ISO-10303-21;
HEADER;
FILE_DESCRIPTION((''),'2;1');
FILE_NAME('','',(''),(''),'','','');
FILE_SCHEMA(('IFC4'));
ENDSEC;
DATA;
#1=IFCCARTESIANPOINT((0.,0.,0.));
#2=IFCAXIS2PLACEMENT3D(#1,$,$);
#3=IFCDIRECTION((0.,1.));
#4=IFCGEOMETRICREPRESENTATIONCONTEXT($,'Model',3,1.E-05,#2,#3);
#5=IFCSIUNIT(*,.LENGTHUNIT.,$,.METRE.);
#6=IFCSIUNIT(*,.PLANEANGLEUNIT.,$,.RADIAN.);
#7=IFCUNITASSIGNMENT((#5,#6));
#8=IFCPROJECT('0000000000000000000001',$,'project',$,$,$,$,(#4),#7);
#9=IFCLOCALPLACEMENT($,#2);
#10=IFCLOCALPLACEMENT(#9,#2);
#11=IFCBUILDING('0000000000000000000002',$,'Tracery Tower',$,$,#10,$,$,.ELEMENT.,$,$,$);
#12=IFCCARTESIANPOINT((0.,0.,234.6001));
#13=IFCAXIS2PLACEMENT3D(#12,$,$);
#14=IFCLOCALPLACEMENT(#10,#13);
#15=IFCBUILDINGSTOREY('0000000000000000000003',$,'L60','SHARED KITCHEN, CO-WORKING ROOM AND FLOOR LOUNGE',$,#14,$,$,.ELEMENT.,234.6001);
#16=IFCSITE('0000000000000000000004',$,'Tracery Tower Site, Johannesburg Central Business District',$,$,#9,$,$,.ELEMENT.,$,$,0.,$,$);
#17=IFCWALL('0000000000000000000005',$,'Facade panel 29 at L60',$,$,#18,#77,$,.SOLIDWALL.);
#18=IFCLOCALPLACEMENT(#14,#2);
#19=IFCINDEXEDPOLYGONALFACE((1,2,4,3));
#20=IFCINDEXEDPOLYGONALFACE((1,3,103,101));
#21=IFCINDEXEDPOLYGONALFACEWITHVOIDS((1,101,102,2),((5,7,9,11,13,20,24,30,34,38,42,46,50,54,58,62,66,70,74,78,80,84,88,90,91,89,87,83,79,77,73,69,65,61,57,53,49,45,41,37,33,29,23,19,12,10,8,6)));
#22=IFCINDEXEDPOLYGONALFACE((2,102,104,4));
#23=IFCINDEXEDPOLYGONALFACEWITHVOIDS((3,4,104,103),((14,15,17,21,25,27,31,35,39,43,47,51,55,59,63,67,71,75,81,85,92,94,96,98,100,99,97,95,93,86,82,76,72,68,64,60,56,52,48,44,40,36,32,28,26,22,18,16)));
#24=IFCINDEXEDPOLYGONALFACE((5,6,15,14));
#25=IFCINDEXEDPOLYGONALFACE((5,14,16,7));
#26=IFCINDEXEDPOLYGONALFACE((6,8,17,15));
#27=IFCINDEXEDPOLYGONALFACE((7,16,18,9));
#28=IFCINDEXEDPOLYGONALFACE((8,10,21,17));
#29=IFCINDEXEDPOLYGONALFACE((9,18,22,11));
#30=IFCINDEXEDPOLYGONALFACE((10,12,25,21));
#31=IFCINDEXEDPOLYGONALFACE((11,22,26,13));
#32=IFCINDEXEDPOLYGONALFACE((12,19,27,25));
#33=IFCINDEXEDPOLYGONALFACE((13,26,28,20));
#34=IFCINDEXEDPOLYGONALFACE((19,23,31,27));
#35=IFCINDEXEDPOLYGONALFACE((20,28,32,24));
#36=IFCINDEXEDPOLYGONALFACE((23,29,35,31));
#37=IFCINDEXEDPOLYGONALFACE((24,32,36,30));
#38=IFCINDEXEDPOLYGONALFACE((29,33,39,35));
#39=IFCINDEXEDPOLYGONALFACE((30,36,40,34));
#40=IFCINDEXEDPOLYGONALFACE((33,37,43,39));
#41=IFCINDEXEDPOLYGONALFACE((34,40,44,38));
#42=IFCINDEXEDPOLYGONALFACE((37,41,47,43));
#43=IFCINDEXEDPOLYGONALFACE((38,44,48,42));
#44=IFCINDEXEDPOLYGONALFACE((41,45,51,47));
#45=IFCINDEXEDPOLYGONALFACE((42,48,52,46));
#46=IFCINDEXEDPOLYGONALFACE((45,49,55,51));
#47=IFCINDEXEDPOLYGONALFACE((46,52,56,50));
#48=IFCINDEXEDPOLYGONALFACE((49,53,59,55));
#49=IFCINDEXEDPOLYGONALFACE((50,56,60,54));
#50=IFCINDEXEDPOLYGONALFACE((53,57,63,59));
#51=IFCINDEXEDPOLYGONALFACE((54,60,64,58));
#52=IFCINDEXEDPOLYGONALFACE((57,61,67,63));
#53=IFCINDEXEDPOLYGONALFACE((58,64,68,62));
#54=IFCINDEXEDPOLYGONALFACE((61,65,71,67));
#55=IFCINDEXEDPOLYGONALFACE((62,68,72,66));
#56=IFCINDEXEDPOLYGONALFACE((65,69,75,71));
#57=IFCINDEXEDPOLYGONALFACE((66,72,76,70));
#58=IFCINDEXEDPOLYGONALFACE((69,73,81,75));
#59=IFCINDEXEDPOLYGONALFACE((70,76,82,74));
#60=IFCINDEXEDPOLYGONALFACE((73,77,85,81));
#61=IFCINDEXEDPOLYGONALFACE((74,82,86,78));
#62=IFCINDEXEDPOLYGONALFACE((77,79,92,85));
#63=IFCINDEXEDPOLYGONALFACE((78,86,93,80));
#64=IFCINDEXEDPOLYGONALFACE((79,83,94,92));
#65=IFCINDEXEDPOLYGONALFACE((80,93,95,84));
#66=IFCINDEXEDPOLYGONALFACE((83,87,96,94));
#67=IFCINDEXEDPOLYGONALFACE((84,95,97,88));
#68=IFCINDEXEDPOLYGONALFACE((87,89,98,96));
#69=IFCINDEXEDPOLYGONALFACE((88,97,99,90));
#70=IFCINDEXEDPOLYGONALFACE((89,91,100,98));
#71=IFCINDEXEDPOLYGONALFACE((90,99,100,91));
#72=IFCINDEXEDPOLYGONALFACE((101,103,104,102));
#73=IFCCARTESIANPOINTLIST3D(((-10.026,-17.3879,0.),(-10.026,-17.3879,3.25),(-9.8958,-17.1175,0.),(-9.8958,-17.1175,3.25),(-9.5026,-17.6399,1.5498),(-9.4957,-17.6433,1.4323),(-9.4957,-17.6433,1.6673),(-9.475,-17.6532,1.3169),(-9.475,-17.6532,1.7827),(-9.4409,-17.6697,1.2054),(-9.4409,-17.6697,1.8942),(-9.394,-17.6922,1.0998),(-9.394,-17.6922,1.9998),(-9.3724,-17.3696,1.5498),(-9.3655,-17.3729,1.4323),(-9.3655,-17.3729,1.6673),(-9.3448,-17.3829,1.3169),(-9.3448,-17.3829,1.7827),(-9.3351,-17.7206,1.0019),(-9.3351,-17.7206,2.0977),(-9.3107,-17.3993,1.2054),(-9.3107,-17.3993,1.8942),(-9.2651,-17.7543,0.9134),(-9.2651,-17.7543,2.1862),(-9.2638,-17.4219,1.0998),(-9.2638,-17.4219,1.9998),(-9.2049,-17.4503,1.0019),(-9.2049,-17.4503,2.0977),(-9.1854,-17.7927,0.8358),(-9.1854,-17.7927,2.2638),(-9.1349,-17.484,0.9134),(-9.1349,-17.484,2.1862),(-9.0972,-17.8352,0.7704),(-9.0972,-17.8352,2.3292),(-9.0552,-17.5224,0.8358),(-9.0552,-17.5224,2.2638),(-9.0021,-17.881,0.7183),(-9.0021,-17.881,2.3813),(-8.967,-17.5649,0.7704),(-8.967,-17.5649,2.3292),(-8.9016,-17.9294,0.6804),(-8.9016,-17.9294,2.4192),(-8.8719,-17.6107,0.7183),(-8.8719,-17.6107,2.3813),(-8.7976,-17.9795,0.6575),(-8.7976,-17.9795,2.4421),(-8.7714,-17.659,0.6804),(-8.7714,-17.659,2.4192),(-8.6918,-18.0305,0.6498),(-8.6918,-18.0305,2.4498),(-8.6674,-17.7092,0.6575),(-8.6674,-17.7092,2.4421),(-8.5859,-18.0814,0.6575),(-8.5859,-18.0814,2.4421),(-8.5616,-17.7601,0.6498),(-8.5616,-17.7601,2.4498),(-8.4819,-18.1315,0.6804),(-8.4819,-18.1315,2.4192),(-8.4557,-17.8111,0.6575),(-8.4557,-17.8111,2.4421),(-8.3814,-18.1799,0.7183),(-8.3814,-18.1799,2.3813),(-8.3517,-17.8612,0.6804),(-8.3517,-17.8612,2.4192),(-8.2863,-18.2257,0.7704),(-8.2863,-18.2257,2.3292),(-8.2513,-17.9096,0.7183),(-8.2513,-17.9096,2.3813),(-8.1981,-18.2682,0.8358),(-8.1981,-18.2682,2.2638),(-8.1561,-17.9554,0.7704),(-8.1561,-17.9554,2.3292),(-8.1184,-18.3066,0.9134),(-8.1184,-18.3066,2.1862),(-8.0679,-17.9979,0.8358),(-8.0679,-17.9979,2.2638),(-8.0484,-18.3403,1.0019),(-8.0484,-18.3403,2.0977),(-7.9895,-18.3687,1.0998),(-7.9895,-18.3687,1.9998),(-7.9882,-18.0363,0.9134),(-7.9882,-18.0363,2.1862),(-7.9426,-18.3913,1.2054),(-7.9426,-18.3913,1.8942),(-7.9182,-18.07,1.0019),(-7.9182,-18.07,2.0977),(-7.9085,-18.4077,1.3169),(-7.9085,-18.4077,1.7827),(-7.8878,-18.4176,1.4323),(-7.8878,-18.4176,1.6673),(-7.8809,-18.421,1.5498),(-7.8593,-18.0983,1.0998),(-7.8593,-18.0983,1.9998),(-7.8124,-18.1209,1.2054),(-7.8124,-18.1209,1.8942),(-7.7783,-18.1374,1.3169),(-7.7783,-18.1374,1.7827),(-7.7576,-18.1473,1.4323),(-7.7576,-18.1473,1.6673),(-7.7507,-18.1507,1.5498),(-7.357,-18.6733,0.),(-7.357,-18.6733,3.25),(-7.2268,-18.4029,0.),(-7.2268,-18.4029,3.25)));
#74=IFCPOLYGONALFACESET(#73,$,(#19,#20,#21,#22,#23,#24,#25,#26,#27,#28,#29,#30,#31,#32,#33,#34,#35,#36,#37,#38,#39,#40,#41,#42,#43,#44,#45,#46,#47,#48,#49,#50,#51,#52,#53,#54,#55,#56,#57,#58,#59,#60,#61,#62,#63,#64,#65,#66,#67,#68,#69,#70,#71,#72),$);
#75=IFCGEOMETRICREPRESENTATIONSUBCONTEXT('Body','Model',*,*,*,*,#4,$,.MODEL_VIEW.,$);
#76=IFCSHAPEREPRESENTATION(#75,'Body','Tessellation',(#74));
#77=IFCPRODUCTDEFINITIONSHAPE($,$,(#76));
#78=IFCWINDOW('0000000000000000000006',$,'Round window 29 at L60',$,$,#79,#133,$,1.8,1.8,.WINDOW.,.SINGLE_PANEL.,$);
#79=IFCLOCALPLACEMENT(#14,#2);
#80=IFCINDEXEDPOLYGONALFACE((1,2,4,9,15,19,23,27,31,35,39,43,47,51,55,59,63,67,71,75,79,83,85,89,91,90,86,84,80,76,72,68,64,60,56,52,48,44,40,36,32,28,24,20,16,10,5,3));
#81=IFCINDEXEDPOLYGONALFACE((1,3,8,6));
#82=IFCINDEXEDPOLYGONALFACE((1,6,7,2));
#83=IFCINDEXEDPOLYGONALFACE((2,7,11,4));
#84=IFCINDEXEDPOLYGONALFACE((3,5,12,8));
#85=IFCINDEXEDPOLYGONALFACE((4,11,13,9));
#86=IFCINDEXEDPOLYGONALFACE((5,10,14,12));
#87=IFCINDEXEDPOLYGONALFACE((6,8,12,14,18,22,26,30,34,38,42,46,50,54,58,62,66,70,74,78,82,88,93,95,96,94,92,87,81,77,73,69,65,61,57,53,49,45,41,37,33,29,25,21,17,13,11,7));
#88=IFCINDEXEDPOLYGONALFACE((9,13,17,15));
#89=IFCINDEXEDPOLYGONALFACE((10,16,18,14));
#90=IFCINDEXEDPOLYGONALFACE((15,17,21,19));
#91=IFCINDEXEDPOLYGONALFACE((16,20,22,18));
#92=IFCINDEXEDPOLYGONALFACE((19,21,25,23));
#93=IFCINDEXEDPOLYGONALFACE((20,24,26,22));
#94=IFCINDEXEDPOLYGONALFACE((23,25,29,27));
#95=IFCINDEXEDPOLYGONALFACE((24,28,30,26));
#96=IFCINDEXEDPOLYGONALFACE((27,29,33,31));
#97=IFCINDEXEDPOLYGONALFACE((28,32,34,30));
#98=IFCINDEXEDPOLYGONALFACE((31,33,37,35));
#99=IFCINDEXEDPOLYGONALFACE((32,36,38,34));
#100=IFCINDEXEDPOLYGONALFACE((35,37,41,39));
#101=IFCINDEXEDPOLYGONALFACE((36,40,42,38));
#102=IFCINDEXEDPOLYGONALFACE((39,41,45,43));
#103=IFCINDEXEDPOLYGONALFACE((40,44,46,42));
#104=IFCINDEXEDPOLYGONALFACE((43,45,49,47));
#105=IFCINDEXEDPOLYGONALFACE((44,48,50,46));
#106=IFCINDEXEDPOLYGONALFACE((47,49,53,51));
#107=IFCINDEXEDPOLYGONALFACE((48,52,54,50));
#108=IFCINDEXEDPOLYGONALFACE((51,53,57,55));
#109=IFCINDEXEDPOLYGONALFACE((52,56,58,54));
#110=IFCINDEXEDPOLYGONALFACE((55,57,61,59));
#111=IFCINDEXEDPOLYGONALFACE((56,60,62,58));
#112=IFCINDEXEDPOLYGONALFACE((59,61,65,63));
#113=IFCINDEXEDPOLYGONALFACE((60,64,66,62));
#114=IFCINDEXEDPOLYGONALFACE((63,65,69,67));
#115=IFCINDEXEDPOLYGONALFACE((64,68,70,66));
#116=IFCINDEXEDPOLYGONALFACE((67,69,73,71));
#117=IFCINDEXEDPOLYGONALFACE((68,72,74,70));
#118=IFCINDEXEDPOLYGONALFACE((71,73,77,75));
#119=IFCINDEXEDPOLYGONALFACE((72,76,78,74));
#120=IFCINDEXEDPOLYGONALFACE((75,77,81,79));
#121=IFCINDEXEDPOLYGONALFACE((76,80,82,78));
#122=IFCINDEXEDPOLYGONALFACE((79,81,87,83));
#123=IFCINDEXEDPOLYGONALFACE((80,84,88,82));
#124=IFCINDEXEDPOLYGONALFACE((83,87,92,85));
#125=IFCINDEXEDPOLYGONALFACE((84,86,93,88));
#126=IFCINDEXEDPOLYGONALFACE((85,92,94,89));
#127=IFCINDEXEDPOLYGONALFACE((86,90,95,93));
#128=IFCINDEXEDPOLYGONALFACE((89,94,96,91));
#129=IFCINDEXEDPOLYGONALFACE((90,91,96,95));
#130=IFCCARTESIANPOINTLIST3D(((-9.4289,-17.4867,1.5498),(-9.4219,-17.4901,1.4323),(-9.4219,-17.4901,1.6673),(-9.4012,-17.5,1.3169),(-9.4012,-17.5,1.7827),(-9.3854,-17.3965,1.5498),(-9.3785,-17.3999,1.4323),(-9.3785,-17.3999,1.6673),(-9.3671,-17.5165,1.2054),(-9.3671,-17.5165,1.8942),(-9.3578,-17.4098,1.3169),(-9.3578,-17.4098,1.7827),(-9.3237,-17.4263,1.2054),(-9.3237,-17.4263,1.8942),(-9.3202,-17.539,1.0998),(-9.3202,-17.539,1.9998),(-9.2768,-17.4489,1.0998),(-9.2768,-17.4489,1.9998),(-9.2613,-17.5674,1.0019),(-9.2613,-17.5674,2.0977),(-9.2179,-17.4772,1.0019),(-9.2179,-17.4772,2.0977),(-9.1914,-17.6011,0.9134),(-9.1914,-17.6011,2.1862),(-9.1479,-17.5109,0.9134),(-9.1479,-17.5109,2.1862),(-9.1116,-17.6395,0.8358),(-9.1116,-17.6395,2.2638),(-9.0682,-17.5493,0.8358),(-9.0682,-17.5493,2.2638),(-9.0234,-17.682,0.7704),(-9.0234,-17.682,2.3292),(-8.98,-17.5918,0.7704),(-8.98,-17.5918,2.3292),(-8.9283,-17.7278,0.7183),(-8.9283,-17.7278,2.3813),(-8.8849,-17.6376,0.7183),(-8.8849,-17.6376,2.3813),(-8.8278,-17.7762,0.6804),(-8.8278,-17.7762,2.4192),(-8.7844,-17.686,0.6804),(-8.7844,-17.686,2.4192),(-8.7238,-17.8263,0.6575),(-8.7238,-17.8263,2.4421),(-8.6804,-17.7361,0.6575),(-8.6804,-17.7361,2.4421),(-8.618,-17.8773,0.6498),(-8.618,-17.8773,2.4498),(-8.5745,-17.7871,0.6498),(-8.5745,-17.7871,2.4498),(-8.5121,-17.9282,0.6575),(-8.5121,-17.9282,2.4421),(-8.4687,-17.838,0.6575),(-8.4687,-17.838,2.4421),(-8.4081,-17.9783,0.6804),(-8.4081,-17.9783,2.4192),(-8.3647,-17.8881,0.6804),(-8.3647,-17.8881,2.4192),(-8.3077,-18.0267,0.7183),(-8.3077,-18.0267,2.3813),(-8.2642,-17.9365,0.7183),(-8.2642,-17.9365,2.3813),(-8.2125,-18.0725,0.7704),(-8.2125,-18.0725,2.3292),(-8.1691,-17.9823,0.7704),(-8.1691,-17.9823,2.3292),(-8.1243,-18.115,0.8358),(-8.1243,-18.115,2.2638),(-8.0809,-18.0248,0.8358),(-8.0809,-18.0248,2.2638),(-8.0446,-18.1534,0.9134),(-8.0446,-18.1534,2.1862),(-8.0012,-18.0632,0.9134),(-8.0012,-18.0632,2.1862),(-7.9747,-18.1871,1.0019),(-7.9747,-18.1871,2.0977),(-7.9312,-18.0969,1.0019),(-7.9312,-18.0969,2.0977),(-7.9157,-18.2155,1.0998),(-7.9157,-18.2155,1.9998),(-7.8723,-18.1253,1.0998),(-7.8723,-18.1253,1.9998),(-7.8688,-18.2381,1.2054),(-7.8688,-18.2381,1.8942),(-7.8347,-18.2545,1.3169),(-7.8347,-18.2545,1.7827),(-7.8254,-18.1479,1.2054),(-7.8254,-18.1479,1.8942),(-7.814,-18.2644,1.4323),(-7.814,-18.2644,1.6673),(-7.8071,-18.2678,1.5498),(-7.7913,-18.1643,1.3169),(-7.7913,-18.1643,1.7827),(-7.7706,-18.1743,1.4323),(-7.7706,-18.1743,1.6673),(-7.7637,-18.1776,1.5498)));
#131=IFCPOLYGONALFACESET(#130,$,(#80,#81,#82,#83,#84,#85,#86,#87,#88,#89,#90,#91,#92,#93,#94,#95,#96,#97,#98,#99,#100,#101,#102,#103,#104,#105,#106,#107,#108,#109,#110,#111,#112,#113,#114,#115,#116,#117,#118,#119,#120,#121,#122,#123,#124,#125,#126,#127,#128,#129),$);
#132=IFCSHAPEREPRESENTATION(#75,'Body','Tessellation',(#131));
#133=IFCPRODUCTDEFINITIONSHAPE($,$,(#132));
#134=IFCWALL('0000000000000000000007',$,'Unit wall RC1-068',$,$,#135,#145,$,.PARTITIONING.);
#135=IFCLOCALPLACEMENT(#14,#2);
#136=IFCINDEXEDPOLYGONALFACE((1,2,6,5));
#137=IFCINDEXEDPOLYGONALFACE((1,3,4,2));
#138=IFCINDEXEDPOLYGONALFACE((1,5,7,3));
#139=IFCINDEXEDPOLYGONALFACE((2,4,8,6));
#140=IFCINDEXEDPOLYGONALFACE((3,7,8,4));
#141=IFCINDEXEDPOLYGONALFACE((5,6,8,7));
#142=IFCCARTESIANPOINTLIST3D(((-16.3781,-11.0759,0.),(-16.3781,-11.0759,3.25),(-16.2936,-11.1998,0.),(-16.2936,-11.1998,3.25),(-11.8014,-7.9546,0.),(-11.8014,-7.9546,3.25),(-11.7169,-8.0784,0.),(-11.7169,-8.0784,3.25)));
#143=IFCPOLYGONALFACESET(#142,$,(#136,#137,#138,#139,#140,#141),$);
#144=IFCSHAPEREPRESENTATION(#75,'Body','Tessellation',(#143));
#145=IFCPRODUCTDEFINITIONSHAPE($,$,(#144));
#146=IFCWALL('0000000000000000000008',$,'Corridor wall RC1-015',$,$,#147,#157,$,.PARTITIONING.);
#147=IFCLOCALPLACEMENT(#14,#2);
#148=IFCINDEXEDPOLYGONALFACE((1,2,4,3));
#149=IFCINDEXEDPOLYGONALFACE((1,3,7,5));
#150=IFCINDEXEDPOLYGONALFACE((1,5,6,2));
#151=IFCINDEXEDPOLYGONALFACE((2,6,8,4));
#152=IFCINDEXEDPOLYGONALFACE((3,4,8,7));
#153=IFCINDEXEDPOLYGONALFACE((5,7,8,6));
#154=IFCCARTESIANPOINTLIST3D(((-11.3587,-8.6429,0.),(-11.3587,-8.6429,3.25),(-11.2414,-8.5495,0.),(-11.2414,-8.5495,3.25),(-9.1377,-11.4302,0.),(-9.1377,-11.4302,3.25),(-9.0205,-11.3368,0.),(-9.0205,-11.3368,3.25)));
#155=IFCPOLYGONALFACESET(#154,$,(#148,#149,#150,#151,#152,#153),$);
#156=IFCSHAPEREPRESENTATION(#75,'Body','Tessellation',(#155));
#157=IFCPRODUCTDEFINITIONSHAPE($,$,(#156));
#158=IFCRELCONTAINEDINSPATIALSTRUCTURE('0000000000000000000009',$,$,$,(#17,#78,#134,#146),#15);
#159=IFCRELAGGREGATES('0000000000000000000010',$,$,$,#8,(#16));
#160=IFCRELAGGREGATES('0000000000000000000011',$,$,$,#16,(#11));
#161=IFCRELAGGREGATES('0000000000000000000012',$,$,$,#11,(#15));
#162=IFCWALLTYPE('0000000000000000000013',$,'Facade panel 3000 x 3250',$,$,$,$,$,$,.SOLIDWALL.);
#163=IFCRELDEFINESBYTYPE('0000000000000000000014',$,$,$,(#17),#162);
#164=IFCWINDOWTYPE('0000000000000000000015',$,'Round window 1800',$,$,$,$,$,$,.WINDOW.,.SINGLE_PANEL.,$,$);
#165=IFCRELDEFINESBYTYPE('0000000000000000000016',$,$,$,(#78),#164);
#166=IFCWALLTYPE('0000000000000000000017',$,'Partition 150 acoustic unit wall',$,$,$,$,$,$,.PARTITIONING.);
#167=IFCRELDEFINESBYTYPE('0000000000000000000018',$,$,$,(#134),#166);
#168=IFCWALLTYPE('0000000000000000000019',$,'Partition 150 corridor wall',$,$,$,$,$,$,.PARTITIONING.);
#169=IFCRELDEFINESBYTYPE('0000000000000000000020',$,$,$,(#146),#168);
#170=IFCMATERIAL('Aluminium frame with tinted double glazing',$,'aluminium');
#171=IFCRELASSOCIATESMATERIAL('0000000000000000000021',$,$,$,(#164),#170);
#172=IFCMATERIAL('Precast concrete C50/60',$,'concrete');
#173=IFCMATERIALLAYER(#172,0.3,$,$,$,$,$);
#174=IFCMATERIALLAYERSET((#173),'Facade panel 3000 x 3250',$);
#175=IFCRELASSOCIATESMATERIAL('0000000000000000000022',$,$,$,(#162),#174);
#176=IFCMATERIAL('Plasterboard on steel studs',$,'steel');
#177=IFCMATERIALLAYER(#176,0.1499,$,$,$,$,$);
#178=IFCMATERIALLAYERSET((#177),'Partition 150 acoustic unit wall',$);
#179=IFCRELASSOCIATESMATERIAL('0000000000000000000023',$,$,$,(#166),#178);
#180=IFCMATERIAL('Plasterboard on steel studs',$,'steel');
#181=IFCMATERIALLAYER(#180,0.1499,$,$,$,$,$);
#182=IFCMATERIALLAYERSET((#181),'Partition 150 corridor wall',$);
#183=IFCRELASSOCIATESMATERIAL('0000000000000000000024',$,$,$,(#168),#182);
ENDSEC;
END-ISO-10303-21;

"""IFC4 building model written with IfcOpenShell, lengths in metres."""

from ifc_helpers import new_model, si_unit, direction, frame, frame_2d, origin, origin_2d, place, context, subcontext, project, spatial, rectangle, circle, extrude, material, layer, layer_set, type_object, element, fill, save


model = new_model("IFC4")

# Units and contexts
model_context = context("Model", 3, precision=1e-05, world=origin(), true_north=direction((0.0, 1.0)))
body_context = subcontext(model_context, "Body", "Model", "MODEL_VIEW")
ifc_project = project(units=[si_unit("LENGTHUNIT", "METRE"), si_unit("PLANEANGLEUNIT", "RADIAN")], contexts=[model_context])

# Site, building, storey
site_placement = place(None, origin())
site = spatial("IfcSite", under=ifc_project, at=site_placement, Name="Tracery Tower Site, Johannesburg Central Business District", CompositionType="ELEMENT", RefElevation=0.0)
building_placement = place(site_placement, origin())
building = spatial("IfcBuilding", under=site, at=building_placement, Name="Tracery Tower", CompositionType="ELEMENT")
storey_placement = place(building_placement, frame((0.0, 0.0, 234.6001)))
storey = spatial("IfcBuildingStorey", under=building, at=storey_placement, Name="L60", Description="SHARED KITCHEN, CO-WORKING ROOM AND FLOOR LOUNGE", CompositionType="ELEMENT", Elevation=234.6001)

# Wall, opening, window
ifc_material_1 = material(Name="Aluminium frame with tinted double glazing", Category="aluminium")
window_type = type_object("IfcWindowType", Name="Round window 1800", PartitioningType="SINGLE_PANEL", PredefinedType="WINDOW", material=ifc_material_1)
ifc_material_2 = material(Name="Precast concrete C50/60", Category="concrete")
ifc_layer_1 = layer(ifc_material_2, 0.3)
ifc_layer_set_1 = layer_set([ifc_layer_1], Name="Facade panel 3000 x 3250")
wall_type_1 = type_object("IfcWallType", Name="Facade panel 3000 x 3250", PredefinedType="SOLIDWALL", material=ifc_layer_set_1)
wall_1_placement = place(storey_placement, frame((-9.9609, -17.2527, 0.0), z_axis=(0.0, 0.0, 1.0), x_axis=(0.900955, -0.433912, 0.0)))
wall_1 = element("IfcWall", 1, at=wall_1_placement, inside=storey, type_object=wall_type_1, Name="Facade panel 29 at L60", PredefinedType="SOLIDWALL", context=body_context, shape_type="SweptSolid", body=[
    extrude(rectangle(XDim=2.9624, YDim=0.3, at=frame_2d((1.4812, 0.0))), origin(), (0.0, 0.0, 1.0), 3.25),
])
opening_1_placement = place(wall_1_placement, frame((1.481, 0.0, 1.5498)))
opening_1 = element("IfcOpeningElement", 2, at=opening_1_placement, cuts=wall_1, PredefinedType="OPENING", context=body_context, shape_type="SweptSolid", body=[
    extrude(circle(Radius=0.9, at=origin_2d()), frame((0.0, 0.1599, 0.0), z_axis=(0.0, -1.0, 0.0), x_axis=(1.0, 0.0, 0.0)), (0.0, 0.0, 1.0), 0.3201),
])
window_1_placement = place(opening_1_placement, origin())
window_1 = element("IfcWindow", 3, at=window_1_placement, inside=storey, type_object=window_type, Name="Round window 29 at L60", OverallHeight=1.8, OverallWidth=1.8, PartitioningType="SINGLE_PANEL", PredefinedType="WINDOW", context=body_context, shape_type="SweptSolid", body=[
    extrude(circle(Radius=0.9, at=origin_2d()), frame((0.0, 0.1201, 0.0), z_axis=(0.0, -1.0, 0.0), x_axis=(1.0, 0.0, 0.0)), (0.0, 0.0, 1.0), 0.1001),
])
fill(opening_1, window_1)

# Walls
ifc_material_3 = material(Name="Plasterboard on steel studs", Category="steel")
ifc_layer_2 = layer(ifc_material_3, 0.1499)
ifc_layer_set_2 = layer_set([ifc_layer_2], Name="Partition 150 acoustic unit wall")
wall_type_2 = type_object("IfcWallType", Name="Partition 150 acoustic unit wall", PredefinedType="PARTITIONING", material=ifc_layer_set_2)
wall_2_placement = place(storey_placement, frame((-16.3359, -11.1379, 0.0), z_axis=(0.0, 0.0, 1.0), x_axis=(0.826153, 0.563446, 0.0)))
element("IfcWall", 4, at=wall_2_placement, inside=storey, type_object=wall_type_2, Name="Unit wall RC1-068", PredefinedType="PARTITIONING", context=body_context, shape_type="SweptSolid", body=[
    extrude(rectangle(XDim=5.5398, YDim=0.1499, at=frame_2d((2.77, 0.0))), origin(), (0.0, 0.0, 1.0), 3.25),
])
ifc_material_4 = material(Name="Plasterboard on steel studs", Category="steel")
ifc_layer_3 = layer(ifc_material_4, 0.1499)
ifc_layer_set_3 = layer_set([ifc_layer_3], Name="Partition 150 corridor wall")
wall_type_3 = type_object("IfcWallType", Name="Partition 150 corridor wall", PredefinedType="PARTITIONING", material=ifc_layer_set_3)
wall_3_placement = place(storey_placement, frame((-11.3, -8.5962, 0.0), z_axis=(0.0, 0.0, 1.0), x_axis=(0.623165, -0.78209, 0.0)))
element("IfcWall", 5, at=wall_3_placement, inside=storey, type_object=wall_type_3, Name="Corridor wall RC1-015", PredefinedType="PARTITIONING", context=body_context, shape_type="SweptSolid", body=[
    extrude(rectangle(XDim=3.564, YDim=0.1499, at=frame_2d((1.782, 0.0))), origin(), (0.0, 0.0, 1.0), 3.25),
])

save(model, "model.ifc")
